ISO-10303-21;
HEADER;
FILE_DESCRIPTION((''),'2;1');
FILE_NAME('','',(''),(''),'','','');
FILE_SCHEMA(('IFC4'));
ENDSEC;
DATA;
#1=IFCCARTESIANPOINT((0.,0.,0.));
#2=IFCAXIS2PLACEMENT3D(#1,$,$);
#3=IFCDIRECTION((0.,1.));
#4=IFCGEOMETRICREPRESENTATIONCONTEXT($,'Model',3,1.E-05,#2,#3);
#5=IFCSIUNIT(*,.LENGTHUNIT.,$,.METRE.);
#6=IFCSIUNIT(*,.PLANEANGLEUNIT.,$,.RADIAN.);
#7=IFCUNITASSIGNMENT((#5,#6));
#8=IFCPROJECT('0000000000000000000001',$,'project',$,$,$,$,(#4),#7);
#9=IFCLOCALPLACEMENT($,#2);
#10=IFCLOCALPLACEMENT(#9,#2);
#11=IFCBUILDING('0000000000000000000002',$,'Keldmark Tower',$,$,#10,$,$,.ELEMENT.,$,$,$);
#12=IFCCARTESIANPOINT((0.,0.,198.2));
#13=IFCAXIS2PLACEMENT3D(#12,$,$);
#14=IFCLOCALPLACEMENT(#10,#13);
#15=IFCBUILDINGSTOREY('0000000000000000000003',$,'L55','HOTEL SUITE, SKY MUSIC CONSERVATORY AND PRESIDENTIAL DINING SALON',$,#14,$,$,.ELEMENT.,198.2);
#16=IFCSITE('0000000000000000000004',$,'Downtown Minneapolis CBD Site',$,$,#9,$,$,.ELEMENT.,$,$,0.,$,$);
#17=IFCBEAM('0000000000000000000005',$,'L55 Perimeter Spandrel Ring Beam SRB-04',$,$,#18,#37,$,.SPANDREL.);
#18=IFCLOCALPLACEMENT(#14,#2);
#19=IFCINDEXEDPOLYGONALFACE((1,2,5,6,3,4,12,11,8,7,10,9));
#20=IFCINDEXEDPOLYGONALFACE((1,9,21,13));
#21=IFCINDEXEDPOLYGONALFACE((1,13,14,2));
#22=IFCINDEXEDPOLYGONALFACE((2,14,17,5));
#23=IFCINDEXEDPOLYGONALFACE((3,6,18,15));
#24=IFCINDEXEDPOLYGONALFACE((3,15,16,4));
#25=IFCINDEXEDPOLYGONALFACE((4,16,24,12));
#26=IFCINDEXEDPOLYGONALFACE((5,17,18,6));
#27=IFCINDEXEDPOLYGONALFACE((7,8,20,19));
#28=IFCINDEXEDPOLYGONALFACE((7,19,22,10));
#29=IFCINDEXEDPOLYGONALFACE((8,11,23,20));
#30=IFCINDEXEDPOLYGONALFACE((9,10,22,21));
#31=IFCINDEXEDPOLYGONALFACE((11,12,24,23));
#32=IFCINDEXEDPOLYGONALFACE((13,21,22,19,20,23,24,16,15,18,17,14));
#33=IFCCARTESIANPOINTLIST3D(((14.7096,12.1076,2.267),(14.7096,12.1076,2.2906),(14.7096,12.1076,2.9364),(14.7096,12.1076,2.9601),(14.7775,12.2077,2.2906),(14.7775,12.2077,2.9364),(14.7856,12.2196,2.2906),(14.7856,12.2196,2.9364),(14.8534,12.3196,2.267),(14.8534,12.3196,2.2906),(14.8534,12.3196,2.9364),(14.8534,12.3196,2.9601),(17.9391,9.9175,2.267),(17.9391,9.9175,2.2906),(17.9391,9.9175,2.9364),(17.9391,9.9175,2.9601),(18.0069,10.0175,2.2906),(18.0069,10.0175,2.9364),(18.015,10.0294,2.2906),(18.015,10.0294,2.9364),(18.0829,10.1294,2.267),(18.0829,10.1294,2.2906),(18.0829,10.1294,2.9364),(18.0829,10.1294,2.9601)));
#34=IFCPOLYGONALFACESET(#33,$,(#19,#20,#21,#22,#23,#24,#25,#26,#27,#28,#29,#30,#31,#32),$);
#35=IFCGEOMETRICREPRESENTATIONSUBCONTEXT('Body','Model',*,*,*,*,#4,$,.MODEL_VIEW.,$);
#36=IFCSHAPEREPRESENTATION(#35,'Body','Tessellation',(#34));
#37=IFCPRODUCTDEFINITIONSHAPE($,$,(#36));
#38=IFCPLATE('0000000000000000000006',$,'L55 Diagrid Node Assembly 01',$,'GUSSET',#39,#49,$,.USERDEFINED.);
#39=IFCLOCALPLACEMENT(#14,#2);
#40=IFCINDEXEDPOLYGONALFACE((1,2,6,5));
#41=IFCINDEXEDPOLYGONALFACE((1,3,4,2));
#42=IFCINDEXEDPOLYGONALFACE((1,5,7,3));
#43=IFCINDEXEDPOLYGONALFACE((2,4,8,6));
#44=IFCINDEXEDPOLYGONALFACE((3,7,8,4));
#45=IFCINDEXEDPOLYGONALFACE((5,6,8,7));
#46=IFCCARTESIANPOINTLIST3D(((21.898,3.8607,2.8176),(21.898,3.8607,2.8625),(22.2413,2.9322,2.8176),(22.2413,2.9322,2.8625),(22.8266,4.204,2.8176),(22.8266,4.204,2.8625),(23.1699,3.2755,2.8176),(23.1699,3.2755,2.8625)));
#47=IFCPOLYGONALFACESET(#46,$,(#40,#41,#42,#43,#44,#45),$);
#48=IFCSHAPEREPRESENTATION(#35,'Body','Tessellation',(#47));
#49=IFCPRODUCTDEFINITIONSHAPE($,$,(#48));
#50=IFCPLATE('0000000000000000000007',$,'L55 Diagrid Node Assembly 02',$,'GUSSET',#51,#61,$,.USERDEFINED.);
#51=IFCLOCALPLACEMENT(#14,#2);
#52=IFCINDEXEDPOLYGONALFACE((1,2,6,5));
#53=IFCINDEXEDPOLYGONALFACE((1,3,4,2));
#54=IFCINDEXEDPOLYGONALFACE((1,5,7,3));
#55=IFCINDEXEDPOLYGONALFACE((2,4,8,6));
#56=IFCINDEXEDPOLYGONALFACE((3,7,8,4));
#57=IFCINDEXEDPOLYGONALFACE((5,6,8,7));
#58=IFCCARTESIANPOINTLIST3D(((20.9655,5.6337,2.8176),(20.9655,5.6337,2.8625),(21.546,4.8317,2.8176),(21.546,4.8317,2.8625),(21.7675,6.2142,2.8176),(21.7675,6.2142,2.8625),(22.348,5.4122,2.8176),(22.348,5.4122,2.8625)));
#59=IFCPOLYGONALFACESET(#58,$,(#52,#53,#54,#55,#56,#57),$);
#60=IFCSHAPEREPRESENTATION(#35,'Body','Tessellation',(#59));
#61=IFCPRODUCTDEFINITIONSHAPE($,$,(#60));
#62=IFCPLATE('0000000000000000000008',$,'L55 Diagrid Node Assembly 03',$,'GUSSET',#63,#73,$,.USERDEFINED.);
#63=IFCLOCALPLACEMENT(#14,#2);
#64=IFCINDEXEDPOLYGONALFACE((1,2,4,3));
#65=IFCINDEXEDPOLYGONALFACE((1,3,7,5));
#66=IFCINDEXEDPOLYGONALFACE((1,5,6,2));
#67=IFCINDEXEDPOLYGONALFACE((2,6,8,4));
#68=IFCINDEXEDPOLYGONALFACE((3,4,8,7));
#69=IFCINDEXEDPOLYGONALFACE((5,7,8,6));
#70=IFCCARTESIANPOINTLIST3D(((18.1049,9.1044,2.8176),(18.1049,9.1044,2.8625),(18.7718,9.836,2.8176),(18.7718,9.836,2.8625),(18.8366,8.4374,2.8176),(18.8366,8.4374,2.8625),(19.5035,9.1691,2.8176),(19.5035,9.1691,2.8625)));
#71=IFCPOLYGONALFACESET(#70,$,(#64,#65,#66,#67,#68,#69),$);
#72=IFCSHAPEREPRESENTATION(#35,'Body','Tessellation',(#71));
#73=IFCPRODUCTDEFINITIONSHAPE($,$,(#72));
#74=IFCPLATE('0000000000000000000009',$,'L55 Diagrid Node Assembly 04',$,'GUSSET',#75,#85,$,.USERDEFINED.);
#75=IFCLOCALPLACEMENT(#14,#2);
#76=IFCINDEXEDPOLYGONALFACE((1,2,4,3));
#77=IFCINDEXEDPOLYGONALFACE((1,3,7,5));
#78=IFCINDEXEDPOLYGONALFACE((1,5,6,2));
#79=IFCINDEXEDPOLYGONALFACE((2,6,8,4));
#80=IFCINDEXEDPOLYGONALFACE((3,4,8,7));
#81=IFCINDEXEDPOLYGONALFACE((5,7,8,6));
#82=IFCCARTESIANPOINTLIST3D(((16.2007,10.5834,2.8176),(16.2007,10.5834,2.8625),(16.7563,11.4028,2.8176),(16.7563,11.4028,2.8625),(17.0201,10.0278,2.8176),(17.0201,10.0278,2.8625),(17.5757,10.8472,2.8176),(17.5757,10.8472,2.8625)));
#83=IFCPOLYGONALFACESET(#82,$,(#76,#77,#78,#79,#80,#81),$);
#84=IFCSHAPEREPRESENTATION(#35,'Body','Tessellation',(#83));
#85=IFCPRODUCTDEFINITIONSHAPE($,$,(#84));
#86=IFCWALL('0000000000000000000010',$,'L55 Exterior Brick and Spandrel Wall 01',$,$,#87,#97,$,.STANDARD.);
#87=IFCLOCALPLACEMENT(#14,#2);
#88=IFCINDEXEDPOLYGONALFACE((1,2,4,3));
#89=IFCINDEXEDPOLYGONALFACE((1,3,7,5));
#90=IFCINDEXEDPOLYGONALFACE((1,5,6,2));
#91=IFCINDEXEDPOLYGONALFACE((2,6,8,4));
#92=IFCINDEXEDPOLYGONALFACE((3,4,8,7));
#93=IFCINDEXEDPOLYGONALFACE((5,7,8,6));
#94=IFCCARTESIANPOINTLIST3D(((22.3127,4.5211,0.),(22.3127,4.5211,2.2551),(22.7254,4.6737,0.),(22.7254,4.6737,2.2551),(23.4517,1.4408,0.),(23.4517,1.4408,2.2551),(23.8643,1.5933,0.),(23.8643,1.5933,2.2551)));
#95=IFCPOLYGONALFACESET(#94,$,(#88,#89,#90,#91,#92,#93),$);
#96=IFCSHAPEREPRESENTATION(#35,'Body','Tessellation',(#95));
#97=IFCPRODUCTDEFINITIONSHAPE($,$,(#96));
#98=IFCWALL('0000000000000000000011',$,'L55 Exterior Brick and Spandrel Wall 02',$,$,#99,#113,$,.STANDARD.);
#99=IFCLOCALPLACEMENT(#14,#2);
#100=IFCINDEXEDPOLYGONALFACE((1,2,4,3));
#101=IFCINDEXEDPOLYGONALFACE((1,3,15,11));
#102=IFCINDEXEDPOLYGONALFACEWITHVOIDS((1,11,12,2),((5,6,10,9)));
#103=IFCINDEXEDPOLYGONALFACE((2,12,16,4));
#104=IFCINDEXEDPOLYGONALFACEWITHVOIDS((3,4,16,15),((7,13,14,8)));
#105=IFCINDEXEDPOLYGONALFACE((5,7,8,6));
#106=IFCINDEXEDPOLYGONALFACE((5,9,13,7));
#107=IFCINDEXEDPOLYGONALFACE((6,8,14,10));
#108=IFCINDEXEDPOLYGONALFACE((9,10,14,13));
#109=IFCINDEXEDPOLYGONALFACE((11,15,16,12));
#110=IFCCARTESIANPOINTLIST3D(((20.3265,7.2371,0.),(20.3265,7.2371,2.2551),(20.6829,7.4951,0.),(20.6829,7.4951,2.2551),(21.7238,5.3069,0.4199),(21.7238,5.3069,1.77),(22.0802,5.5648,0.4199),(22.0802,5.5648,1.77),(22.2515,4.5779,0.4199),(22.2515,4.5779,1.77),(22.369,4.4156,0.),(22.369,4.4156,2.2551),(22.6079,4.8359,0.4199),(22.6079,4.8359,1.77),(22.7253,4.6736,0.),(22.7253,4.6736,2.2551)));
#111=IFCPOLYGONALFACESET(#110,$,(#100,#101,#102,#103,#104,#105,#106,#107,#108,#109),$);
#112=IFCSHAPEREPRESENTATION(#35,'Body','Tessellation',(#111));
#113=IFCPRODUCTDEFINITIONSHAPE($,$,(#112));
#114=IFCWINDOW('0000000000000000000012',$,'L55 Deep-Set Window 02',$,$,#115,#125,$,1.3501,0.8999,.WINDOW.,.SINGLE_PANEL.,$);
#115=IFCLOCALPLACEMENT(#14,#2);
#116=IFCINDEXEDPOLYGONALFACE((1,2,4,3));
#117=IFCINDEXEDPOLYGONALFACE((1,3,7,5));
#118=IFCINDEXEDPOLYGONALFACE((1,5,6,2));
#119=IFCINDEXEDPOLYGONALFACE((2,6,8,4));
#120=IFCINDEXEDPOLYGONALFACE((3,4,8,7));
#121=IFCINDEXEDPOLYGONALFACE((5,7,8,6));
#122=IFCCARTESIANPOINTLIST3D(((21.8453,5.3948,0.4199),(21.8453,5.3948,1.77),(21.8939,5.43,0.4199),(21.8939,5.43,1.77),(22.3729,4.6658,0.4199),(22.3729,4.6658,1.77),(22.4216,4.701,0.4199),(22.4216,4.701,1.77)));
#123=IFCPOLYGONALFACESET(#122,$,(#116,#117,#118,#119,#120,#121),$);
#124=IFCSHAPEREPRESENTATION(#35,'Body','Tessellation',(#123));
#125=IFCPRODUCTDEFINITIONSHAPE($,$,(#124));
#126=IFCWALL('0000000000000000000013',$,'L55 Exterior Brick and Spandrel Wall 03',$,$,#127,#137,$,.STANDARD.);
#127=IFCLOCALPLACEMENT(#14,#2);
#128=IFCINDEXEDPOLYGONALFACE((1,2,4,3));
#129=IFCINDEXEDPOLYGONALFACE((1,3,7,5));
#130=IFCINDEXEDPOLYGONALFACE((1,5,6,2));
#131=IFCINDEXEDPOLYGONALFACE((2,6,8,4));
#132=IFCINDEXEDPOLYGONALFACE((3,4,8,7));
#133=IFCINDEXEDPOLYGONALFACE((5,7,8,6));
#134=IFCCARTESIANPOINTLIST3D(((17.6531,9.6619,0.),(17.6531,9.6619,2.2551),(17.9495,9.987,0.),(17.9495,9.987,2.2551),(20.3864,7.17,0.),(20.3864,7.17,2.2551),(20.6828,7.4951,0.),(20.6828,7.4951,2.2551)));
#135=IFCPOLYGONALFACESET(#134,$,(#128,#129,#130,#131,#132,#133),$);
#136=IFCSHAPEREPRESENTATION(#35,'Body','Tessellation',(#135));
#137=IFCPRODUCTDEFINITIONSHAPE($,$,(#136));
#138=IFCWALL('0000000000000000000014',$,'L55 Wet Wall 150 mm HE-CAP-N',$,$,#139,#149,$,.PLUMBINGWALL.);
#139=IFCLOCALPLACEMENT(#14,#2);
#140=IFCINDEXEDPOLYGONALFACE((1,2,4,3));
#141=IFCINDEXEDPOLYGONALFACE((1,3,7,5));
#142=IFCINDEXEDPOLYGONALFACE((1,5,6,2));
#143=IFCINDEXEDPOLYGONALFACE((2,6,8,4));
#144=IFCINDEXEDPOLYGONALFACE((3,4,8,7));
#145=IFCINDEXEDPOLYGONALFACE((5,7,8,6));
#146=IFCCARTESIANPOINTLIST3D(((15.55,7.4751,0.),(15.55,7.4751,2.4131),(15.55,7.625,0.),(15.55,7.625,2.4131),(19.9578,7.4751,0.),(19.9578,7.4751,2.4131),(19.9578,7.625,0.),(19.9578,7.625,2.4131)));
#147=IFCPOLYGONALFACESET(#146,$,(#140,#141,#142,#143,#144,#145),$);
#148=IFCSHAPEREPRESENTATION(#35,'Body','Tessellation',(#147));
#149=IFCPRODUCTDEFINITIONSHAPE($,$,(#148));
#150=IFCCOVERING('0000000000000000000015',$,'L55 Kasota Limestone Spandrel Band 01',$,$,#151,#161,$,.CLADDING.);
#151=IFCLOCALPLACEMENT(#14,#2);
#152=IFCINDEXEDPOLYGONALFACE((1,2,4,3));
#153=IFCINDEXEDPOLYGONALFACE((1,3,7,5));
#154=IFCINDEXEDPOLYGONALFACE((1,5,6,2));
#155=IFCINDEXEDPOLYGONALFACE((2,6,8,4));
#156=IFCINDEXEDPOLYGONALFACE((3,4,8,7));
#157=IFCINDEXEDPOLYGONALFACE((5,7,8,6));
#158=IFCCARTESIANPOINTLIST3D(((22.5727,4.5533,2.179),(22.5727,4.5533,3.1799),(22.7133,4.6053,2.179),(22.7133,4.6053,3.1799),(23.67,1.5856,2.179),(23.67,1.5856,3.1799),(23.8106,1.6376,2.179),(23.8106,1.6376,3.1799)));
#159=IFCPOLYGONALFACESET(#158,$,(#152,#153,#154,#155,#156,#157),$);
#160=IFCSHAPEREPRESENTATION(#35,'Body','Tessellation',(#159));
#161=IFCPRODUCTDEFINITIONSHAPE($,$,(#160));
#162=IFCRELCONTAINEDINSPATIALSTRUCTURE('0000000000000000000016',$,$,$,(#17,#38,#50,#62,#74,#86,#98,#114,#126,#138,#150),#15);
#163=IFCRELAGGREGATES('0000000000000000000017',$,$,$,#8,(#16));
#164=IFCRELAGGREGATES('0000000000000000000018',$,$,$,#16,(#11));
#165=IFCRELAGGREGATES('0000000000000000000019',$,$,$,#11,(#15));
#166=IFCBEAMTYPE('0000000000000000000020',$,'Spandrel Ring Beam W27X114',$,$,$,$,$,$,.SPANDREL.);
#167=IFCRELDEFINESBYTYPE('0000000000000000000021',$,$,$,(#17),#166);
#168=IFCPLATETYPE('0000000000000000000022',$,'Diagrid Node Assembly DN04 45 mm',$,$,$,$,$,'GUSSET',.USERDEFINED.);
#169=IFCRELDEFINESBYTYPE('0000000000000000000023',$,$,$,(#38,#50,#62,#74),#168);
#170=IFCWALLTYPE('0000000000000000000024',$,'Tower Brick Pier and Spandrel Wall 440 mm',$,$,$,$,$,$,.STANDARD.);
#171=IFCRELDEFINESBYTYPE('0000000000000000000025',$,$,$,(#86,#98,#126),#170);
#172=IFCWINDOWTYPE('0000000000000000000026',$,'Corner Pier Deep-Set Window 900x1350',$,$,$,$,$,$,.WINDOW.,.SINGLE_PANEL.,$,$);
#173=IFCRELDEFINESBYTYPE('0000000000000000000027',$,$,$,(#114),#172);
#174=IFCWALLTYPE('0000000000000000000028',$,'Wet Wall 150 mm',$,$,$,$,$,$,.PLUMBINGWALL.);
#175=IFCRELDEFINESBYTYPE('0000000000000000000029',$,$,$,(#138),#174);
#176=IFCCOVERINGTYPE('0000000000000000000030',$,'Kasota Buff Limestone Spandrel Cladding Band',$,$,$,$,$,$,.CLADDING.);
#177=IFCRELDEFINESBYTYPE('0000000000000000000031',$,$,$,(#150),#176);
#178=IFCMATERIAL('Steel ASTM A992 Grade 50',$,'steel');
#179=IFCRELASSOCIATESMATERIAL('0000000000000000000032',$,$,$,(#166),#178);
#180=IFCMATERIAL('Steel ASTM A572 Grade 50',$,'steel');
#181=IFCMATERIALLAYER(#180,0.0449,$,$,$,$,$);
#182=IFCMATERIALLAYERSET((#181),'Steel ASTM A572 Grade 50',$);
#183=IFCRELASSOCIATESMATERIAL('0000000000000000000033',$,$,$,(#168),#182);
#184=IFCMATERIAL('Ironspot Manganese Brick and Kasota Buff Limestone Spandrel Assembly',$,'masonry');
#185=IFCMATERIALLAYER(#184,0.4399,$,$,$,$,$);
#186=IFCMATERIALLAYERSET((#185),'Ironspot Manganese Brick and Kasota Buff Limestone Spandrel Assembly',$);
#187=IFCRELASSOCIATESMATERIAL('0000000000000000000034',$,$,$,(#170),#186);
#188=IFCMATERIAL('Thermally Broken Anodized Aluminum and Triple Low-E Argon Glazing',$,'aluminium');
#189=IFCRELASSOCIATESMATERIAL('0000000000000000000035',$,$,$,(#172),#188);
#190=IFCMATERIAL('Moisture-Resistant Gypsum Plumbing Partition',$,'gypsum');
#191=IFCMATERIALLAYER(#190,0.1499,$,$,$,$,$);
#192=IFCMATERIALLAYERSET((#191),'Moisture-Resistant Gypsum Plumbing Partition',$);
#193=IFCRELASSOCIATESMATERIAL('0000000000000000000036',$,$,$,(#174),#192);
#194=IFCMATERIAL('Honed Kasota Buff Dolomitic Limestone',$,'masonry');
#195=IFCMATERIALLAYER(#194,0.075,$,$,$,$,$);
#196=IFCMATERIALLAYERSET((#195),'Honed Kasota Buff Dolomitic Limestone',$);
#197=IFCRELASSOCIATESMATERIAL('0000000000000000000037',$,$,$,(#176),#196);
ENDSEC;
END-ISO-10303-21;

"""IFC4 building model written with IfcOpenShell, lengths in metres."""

from ifc_helpers import new_model, si_unit, direction, frame, frame_2d, origin, origin_2d, place, context, subcontext, project, spatial, rectangle, i_section, extrude, material, layer, layer_set, material_profile, profile_set, type_object, element, fill, save


model = new_model("IFC4")

# Units and contexts
model_context = context("Model", 3, precision=1e-05, world=origin(), true_north=direction((0.0, 1.0)))
body_context = subcontext(model_context, "Body", "Model", "MODEL_VIEW")
ifc_project = project(units=[si_unit("LENGTHUNIT", "METRE"), si_unit("PLANEANGLEUNIT", "RADIAN")], contexts=[model_context])

# Site, building, storey
site_placement = place(None, origin())
site = spatial("IfcSite", under=ifc_project, at=site_placement, Name="Downtown Minneapolis CBD Site", CompositionType="ELEMENT", RefElevation=0.0)
building_placement = place(site_placement, origin())
building = spatial("IfcBuilding", under=site, at=building_placement, Name="Keldmark Tower", CompositionType="ELEMENT")
storey_placement = place(building_placement, frame((0.0, 0.0, 198.2)))
storey = spatial("IfcBuildingStorey", under=building, at=storey_placement, Name="L55", Description="HOTEL SUITE, SKY MUSIC CONSERVATORY AND PRESIDENTIAL DINING SALON", CompositionType="ELEMENT", Elevation=198.2)

# Beam
ifc_material_1 = material(Name="Steel ASTM A992 Grade 50", Category="steel")
ifc_material_profile_1 = material_profile(ifc_material_1, i_section(OverallWidth=0.2561, OverallDepth=0.6931, WebThickness=0.0144, FlangeThickness=0.0237, at=origin_2d()), Name="W27X114")
ifc_profile_set_1 = profile_set([ifc_material_profile_1], Name="Steel ASTM A992 Grade 50")
beam_type_1 = type_object("IfcBeamType", Name="Spandrel Ring Beam W27X114", PredefinedType="SPANDREL", material=ifc_profile_set_1)
beam_1_placement = place(storey_placement, frame((18.011, 10.0234, 2.6135), z_axis=(-0.827625, 0.561281, 0.0), x_axis=(-0.561281, -0.827625, 0.0)))
element("IfcBeam", 1, at=beam_1_placement, inside=storey, type_object=beam_type_1, Name="L55 Perimeter Spandrel Ring Beam SRB-04", PredefinedType="SPANDREL", context=body_context, shape_type="SweptSolid", body=[
    extrude(i_section(OverallWidth=0.2561, OverallDepth=0.6931, WebThickness=0.0144, FlangeThickness=0.0237, at=origin_2d()), origin(), (0.0, 0.0, 1.0), 3.9021),
])

# Plates
ifc_material_2 = material(Name="Steel ASTM A572 Grade 50", Category="steel")
ifc_layer_1 = layer(ifc_material_2, 0.0449)
ifc_layer_set_1 = layer_set([ifc_layer_1], Name="Steel ASTM A572 Grade 50")
plate_type = type_object("IfcPlateType", Name="Diagrid Node Assembly DN04 45 mm", ElementType="GUSSET", PredefinedType="USERDEFINED", material=ifc_layer_set_1)
for number, where, z_axis, x_axis, name in (
    (2, (22.5339, 3.5681, 2.8176), (0.0, 0.0, 1.0), (-0.346772, 0.937949, 0.0), "L55 Diagrid Node Assembly 01"),
    (3, (21.6567, 5.5229, 2.8176), (0.0, 0.0, 1.0), (-0.586372, 0.810042, 0.0), "L55 Diagrid Node Assembly 02"),
    (4, (18.8042, 9.1367, 2.8176), (0.0, 0.0, 1.0), (-0.739043, 0.673658, 0.0), "L55 Diagrid Node Assembly 03"),
    (5, (16.8882, 10.7153, 2.8176), (0.0, 0.0, 1.0), (-0.827669, 0.561217, 0.0), "L55 Diagrid Node Assembly 04"),
):
    element("IfcPlate", number, at=place(storey_placement, frame(where, z_axis=z_axis, x_axis=x_axis)), inside=storey, type_object=plate_type, Name=name, ObjectType="GUSSET", PredefinedType="USERDEFINED", context=body_context, shape_type="SweptSolid", body=[
        extrude(rectangle(XDim=0.99, YDim=0.99, at=origin_2d()), origin(), (0.0, 0.0, 1.0), 0.0449),
    ])

# Wall
ifc_material_3 = material(Name="Ironspot Manganese Brick and Kasota Buff Limestone Spandrel Assembly", Category="masonry")
ifc_layer_2 = layer(ifc_material_3, 0.4399)
ifc_layer_set_2 = layer_set([ifc_layer_2], Name="Ironspot Manganese Brick and Kasota Buff Limestone Spandrel Assembly")
wall_type_1 = type_object("IfcWallType", Name="Tower Brick Pier and Spandrel Wall 440 mm", PredefinedType="STANDARD", material=ifc_layer_set_2)
wall_1_placement = place(storey_placement, frame((22.519, 4.5974, 0.0), z_axis=(0.0, 0.0, 1.0), x_axis=(0.346794, -0.937941, 0.0)))
element("IfcWall", 6, at=wall_1_placement, inside=storey, type_object=wall_type_1, Name="L55 Exterior Brick and Spandrel Wall 01", PredefinedType="STANDARD", context=body_context, shape_type="SweptSolid", body=[
    extrude(rectangle(XDim=3.2842, YDim=0.4399, at=frame_2d((1.6421, 0.0))), origin(), (0.0, 0.0, 1.0), 2.2551),
])

# Wall, opening, window
wall_2_placement = place(storey_placement, frame((20.5046, 7.3662, 0.0), z_axis=(0.0, 0.0, 1.0), x_axis=(0.586378, -0.810037, 0.0)))
wall_2 = element("IfcWall", 7, at=wall_2_placement, inside=storey, type_object=wall_type_1, Name="L55 Exterior Brick and Spandrel Wall 02", PredefinedType="STANDARD", context=body_context, shape_type="SweptSolid", body=[
    extrude(rectangle(XDim=3.4832, YDim=0.4399, at=frame_2d((1.7417, 0.0))), origin(), (0.0, 0.0, 1.0), 2.2551),
])
opening_placement = place(wall_2_placement, frame((2.3831, 0.0, 0.4199)))
opening = element("IfcOpeningElement", 8, at=opening_placement, cuts=wall_2, PredefinedType="OPENING", context=body_context, shape_type="SweptSolid", body=[
    extrude(rectangle(XDim=0.8999, YDim=1.3501, at=frame_2d((0.45, 0.675))), frame((0.0, 0.23, 0.0), z_axis=(0.0, -1.0, 0.0), x_axis=(1.0, 0.0, 0.0)), (0.0, 0.0, 1.0), 0.46),
])
ifc_material_4 = material(Name="Thermally Broken Anodized Aluminum and Triple Low-E Argon Glazing", Category="aluminium")
window_type = type_object("IfcWindowType", Name="Corner Pier Deep-Set Window 900x1350", PartitioningType="SINGLE_PANEL", PredefinedType="WINDOW", material=ifc_material_4)
window_placement = place(opening_placement, origin())
window = element("IfcWindow", 9, at=window_placement, inside=storey, type_object=window_type, Name="L55 Deep-Set Window 02", OverallHeight=1.3501, OverallWidth=0.8999, PartitioningType="SINGLE_PANEL", PredefinedType="WINDOW", context=body_context, shape_type="SweptSolid", body=[
    extrude(rectangle(XDim=0.8999, YDim=1.3501, at=frame_2d((0.45, 0.675))), frame((0.0, -0.01, 0.0), z_axis=(0.0, -1.0, 0.0), x_axis=(1.0, 0.0, 0.0)), (0.0, 0.0, 1.0), 0.0601),
])
fill(opening, window)

# Walls
wall_3_placement = place(storey_placement, frame((17.8013, 9.8245, 0.0), z_axis=(0.0, 0.0, 1.0), x_axis=(0.738993, -0.673714, 0.0)))
element("IfcWall", 10, at=wall_3_placement, inside=storey, type_object=wall_type_1, Name="L55 Exterior Brick and Spandrel Wall 03", PredefinedType="STANDARD", context=body_context, shape_type="SweptSolid", body=[
    extrude(rectangle(XDim=3.6987, YDim=0.4399, at=frame_2d((1.8494, 0.0))), origin(), (0.0, 0.0, 1.0), 2.2551),
])
ifc_material_5 = material(Name="Moisture-Resistant Gypsum Plumbing Partition", Category="gypsum")
ifc_layer_3 = layer(ifc_material_5, 0.1499)
ifc_layer_set_3 = layer_set([ifc_layer_3], Name="Moisture-Resistant Gypsum Plumbing Partition")
wall_type_2 = type_object("IfcWallType", Name="Wet Wall 150 mm", PredefinedType="PLUMBINGWALL", material=ifc_layer_set_3)
wall_4_placement = place(storey_placement, frame((15.55, 7.55, 0.0), z_axis=(0.0, 0.0, 1.0), x_axis=(1.0, 0.0, 0.0)))
element("IfcWall", 11, at=wall_4_placement, inside=storey, type_object=wall_type_2, Name="L55 Wet Wall 150 mm HE-CAP-N", PredefinedType="PLUMBINGWALL", context=body_context, shape_type="SweptSolid", body=[
    extrude(rectangle(XDim=4.4077, YDim=0.1499, at=frame_2d((2.2039, 0.0))), origin(), (0.0, 0.0, 1.0), 2.4131),
])

# Covering
ifc_material_6 = material(Name="Honed Kasota Buff Dolomitic Limestone", Category="masonry")
ifc_layer_4 = layer(ifc_material_6, 0.075)
ifc_layer_set_4 = layer_set([ifc_layer_4], Name="Honed Kasota Buff Dolomitic Limestone")
covering_type = type_object("IfcCoveringType", Name="Kasota Buff Limestone Spandrel Cladding Band", PredefinedType="CLADDING", material=ifc_layer_set_4)
covering_placement = place(storey_placement, frame((23.1917, 3.0955, 2.179), z_axis=(0.0, 0.0, 1.0), x_axis=(-0.346805, 0.937937, 0.0)))
element("IfcCovering", 12, at=covering_placement, inside=storey, type_object=covering_type, Name="L55 Kasota Limestone Spandrel Band 01", PredefinedType="CLADDING", context=body_context, shape_type="SweptSolid", body=[
    extrude(rectangle(XDim=3.1641, YDim=0.1499, at=origin_2d()), origin(), (0.0, 0.0, 1.0), 1.001),
])

save(model, "model.ifc")
